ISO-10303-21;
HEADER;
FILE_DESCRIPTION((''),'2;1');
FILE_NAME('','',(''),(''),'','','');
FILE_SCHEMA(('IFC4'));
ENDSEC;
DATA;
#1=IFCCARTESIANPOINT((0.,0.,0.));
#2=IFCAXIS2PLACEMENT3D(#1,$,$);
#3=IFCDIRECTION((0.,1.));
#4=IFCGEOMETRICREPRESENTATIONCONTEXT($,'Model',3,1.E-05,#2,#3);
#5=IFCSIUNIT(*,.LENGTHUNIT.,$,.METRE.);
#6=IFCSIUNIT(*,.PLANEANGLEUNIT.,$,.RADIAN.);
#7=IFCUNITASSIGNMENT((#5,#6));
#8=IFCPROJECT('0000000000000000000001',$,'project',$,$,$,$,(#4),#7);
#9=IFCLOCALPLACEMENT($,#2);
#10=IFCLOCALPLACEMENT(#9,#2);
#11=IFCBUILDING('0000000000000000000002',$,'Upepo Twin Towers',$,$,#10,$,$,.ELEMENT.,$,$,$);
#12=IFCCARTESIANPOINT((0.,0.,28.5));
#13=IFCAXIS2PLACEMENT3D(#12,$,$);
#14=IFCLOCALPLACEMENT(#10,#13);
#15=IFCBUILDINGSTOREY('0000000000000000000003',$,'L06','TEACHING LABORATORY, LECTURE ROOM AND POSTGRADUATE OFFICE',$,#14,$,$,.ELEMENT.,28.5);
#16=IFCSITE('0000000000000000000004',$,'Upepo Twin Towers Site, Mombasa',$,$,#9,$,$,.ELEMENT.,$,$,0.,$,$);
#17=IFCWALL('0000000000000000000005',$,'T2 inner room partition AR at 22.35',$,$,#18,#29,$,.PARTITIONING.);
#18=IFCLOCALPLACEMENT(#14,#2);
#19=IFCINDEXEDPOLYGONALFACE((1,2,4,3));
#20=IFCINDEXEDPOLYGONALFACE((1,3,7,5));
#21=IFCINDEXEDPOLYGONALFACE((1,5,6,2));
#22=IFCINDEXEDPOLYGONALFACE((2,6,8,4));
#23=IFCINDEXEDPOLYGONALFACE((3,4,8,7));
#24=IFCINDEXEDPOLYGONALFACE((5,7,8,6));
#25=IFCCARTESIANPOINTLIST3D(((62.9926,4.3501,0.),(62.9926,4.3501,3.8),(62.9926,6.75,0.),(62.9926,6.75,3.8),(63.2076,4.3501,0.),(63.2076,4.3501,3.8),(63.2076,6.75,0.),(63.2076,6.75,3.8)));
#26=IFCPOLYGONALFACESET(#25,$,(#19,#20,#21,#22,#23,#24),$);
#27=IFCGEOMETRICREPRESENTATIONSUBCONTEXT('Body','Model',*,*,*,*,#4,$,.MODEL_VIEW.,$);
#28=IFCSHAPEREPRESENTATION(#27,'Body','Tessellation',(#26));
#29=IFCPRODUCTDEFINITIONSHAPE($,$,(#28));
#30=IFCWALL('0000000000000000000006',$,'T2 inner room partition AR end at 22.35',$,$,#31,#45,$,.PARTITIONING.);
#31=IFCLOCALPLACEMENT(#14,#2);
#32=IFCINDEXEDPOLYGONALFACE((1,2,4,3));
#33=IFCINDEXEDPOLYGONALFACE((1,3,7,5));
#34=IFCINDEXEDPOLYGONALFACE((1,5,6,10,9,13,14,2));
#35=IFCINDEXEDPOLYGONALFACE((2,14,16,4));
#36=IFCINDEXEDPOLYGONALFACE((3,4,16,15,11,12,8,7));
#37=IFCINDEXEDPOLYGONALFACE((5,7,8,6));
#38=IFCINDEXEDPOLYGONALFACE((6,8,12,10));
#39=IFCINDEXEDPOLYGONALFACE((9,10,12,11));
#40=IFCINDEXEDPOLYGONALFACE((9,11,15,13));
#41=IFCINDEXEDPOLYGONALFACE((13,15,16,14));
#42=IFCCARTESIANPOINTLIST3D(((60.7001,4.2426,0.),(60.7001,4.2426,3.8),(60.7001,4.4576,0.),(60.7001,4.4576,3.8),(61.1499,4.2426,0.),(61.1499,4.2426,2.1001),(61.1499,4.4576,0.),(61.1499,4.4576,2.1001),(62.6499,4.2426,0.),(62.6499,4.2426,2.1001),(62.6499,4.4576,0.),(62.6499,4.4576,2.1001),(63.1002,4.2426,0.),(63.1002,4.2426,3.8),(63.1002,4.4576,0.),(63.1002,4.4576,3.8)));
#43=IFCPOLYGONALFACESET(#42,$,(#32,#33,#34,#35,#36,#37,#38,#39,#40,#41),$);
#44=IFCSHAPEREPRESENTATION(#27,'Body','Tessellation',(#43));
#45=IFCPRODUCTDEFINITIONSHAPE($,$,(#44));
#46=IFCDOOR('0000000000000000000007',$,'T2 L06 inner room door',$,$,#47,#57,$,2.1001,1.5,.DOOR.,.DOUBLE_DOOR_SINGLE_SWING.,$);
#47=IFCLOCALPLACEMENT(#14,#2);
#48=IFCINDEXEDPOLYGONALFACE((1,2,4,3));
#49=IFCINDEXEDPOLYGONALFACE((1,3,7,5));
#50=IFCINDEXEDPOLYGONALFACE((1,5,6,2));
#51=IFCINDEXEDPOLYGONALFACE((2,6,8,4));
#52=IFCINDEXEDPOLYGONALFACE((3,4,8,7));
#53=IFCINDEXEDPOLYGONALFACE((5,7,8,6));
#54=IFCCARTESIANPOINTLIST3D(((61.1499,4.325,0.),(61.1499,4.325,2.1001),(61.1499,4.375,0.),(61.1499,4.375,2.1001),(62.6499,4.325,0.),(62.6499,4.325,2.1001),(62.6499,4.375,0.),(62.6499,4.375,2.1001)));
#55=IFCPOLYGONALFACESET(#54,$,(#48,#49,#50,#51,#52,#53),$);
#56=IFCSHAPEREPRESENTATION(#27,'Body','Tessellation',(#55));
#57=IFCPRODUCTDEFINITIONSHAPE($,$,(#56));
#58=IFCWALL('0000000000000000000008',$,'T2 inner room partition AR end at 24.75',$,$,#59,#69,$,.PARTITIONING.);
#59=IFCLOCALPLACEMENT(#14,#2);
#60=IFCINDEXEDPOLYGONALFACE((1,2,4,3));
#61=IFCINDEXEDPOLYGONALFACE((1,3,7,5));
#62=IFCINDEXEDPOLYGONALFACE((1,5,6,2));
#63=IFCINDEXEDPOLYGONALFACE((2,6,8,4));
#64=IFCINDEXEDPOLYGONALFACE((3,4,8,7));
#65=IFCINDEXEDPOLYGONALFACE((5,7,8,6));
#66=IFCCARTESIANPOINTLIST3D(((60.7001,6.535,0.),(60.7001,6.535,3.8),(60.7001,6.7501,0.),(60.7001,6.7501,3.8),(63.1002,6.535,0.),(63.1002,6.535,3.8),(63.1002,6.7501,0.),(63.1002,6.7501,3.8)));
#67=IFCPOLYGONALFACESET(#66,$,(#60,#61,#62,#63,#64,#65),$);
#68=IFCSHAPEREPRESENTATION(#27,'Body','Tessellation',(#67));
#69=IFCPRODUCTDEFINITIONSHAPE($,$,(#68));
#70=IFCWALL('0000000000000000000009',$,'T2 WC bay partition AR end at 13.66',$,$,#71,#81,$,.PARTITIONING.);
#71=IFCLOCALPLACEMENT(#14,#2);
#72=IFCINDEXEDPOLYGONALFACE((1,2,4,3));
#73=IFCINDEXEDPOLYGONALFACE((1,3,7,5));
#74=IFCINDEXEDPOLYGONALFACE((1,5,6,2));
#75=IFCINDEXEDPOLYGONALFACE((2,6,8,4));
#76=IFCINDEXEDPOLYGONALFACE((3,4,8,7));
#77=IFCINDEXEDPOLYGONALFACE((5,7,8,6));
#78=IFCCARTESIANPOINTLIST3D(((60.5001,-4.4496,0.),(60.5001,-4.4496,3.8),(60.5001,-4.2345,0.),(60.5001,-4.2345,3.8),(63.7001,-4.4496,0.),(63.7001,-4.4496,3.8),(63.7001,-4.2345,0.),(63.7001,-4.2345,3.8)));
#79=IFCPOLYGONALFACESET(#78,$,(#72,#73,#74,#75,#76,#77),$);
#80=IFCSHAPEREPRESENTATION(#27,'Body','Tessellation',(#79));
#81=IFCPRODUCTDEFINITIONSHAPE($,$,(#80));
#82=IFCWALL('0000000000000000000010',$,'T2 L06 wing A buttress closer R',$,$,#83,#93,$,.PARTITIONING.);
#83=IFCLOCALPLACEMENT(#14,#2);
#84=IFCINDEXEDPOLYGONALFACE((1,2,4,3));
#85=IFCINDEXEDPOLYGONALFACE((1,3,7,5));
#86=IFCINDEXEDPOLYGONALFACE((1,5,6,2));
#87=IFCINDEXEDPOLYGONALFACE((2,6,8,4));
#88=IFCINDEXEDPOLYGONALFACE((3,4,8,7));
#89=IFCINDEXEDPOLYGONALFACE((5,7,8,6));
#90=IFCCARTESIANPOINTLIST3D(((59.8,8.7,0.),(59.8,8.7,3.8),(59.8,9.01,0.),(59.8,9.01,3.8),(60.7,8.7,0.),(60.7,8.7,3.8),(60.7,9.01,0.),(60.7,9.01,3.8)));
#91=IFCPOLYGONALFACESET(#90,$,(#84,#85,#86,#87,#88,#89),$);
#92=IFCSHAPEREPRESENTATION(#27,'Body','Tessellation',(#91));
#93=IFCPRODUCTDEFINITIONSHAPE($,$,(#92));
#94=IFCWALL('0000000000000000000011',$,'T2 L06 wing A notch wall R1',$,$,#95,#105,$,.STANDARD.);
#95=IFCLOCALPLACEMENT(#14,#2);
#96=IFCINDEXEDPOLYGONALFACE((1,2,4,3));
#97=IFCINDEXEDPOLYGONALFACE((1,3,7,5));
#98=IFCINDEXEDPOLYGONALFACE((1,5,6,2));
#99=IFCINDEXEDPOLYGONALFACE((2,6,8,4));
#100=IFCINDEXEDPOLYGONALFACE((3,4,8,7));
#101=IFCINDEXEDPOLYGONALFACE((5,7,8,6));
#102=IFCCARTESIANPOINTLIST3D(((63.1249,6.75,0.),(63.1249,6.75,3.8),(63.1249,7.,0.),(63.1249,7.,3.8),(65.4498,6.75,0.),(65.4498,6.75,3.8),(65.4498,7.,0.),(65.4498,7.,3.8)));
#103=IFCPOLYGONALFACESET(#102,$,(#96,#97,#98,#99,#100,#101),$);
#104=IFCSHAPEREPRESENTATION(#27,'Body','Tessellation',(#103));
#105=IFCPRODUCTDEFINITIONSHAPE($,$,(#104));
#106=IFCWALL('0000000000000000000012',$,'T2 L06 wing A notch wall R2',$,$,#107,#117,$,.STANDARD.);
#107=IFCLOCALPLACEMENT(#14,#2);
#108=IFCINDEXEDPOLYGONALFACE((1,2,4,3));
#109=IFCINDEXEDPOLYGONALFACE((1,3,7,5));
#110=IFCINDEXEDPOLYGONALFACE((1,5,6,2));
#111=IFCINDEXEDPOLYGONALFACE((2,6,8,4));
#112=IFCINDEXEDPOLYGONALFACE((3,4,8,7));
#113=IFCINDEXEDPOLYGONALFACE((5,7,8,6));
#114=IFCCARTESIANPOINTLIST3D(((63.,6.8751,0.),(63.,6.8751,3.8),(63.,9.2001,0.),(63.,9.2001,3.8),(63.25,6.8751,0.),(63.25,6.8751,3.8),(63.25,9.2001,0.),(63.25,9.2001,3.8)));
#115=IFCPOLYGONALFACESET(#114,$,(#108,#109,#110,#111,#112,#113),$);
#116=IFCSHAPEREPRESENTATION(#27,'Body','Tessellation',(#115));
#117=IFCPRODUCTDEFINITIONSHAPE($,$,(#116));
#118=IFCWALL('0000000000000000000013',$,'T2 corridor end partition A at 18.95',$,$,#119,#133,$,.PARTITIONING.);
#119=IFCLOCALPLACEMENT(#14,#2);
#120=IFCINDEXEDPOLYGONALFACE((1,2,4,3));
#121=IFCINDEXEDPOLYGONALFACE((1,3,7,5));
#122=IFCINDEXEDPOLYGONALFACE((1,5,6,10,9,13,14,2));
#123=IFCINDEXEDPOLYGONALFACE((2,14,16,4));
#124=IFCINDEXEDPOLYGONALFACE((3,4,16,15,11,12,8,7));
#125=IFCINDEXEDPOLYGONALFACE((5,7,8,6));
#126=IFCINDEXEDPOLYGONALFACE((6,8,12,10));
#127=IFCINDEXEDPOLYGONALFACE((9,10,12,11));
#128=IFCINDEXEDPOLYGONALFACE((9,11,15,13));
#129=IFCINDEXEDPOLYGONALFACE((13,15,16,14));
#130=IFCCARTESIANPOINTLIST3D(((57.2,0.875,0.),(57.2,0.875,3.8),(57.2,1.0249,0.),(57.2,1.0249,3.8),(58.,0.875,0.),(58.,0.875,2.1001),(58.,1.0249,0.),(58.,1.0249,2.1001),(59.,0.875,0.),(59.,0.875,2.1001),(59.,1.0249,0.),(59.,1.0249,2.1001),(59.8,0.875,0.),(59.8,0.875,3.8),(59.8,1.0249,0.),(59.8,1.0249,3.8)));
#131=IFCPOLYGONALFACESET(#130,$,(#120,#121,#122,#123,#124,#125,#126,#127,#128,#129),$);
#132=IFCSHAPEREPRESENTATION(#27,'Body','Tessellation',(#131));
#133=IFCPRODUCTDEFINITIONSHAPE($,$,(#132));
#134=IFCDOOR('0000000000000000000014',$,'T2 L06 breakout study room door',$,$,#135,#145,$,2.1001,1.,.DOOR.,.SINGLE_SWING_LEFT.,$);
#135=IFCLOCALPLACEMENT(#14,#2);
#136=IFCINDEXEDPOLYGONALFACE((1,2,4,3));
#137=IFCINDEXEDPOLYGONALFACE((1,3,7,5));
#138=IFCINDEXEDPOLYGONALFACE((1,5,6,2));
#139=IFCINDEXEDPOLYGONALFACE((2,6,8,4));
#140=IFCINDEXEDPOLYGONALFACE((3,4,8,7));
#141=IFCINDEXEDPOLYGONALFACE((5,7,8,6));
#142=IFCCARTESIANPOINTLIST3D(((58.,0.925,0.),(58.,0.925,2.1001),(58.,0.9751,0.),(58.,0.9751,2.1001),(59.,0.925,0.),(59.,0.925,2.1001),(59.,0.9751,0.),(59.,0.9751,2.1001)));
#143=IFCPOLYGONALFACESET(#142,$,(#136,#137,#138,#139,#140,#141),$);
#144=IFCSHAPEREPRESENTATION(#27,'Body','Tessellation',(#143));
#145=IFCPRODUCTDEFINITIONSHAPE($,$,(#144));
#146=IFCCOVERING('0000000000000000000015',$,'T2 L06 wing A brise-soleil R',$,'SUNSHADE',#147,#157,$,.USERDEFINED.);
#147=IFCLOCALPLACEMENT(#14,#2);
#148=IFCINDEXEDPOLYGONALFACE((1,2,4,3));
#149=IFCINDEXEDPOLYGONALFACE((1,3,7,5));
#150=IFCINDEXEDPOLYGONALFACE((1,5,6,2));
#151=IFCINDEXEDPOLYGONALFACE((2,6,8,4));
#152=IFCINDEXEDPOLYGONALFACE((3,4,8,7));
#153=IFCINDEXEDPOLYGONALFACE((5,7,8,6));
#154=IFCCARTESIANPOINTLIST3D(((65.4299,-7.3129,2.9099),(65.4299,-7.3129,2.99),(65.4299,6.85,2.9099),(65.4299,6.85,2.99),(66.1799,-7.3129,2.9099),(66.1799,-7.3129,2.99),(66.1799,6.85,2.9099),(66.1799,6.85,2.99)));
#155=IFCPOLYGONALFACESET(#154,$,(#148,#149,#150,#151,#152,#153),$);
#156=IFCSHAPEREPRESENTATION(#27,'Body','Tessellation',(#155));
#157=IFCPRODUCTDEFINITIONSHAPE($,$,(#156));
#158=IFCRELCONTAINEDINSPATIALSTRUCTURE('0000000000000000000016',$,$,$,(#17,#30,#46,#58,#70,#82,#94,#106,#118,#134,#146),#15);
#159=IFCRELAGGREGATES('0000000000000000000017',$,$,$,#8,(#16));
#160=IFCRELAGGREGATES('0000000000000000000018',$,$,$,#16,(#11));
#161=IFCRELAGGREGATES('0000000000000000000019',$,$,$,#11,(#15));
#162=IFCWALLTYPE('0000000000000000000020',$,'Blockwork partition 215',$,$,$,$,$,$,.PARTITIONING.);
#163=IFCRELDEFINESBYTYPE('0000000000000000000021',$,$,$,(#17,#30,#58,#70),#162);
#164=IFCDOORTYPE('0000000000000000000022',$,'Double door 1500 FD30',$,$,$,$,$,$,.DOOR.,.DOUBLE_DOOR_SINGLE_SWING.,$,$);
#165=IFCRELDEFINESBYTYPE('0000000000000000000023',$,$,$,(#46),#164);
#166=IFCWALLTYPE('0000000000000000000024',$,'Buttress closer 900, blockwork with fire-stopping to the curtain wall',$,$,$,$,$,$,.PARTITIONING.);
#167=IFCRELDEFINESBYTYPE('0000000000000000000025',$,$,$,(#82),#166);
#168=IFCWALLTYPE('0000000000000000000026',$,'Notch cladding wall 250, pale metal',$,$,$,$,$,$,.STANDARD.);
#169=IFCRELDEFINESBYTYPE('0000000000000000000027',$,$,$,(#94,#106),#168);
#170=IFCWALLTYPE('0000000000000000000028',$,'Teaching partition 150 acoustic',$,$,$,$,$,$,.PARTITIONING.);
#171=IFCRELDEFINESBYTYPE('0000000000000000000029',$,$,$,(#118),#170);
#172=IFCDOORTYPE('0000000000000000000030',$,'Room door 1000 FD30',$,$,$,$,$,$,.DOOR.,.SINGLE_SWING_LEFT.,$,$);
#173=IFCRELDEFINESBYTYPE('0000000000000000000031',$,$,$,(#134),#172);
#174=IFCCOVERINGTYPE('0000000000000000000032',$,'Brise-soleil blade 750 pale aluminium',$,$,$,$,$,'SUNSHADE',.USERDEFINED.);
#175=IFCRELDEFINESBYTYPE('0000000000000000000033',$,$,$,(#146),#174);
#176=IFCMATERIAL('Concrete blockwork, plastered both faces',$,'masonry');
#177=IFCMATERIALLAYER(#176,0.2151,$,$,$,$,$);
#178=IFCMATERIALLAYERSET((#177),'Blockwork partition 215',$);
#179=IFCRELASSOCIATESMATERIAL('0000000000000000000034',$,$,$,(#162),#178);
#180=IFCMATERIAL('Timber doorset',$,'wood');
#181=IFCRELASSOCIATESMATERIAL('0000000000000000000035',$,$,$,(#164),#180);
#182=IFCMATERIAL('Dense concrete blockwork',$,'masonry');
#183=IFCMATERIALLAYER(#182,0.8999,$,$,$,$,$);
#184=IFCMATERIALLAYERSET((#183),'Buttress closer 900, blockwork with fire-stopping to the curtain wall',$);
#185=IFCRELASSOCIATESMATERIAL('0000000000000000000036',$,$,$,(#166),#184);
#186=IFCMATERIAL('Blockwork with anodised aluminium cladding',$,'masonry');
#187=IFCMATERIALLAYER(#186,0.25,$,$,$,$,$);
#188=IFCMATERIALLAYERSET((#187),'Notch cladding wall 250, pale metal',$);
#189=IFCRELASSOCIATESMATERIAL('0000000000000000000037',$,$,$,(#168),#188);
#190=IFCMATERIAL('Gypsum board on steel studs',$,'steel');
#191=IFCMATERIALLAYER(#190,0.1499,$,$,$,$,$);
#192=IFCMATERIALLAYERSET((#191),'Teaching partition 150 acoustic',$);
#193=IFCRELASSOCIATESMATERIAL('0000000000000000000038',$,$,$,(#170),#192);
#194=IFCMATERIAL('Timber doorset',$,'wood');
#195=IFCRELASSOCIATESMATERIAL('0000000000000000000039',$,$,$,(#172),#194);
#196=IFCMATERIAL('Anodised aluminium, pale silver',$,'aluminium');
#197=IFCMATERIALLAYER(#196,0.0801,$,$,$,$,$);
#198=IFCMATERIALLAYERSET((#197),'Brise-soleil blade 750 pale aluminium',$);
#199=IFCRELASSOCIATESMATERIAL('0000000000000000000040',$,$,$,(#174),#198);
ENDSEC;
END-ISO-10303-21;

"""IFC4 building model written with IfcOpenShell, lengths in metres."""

from ifc_helpers import new_model, si_unit, direction, frame, frame_2d, origin, origin_2d, place, context, subcontext, project, spatial, rectangle, extrude, material, layer, layer_set, type_object, element, fill, save


model = new_model("IFC4")

# Units and contexts
model_context = context("Model", 3, precision=1e-05, world=origin(), true_north=direction((0.0, 1.0)))
body_context = subcontext(model_context, "Body", "Model", "MODEL_VIEW")
ifc_project = project(units=[si_unit("LENGTHUNIT", "METRE"), si_unit("PLANEANGLEUNIT", "RADIAN")], contexts=[model_context])

# Site, building, storey
site_placement = place(None, origin())
site = spatial("IfcSite", under=ifc_project, at=site_placement, Name="Upepo Twin Towers Site, Mombasa", CompositionType="ELEMENT", RefElevation=0.0)
building_placement = place(site_placement, origin())
building = spatial("IfcBuilding", under=site, at=building_placement, Name="Upepo Twin Towers", CompositionType="ELEMENT")
storey_placement = place(building_placement, frame((0.0, 0.0, 28.5)))
storey = spatial("IfcBuildingStorey", under=building, at=storey_placement, Name="L06", Description="TEACHING LABORATORY, LECTURE ROOM AND POSTGRADUATE OFFICE", CompositionType="ELEMENT", Elevation=28.5)

# Wall
ifc_material_1 = material(Name="Concrete blockwork, plastered both faces", Category="masonry")
ifc_layer_1 = layer(ifc_material_1, 0.2151)
ifc_layer_set_1 = layer_set([ifc_layer_1], Name="Blockwork partition 215")
wall_type_1 = type_object("IfcWallType", Name="Blockwork partition 215", PredefinedType="PARTITIONING", material=ifc_layer_set_1)
wall_1_placement = place(storey_placement, frame((63.1001, 4.3501, 0.0), z_axis=(0.0, 0.0, 1.0), x_axis=(0.0, 1.0, 0.0)))
element("IfcWall", 1, at=wall_1_placement, inside=storey, type_object=wall_type_1, Name="T2 inner room partition AR at 22.35", PredefinedType="PARTITIONING", context=body_context, shape_type="SweptSolid", body=[
    extrude(rectangle(XDim=2.3999, YDim=0.2151, at=frame_2d((1.2, 0.0))), origin(), (0.0, 0.0, 1.0), 3.8),
])

# Wall, opening, door
wall_2_placement = place(storey_placement, frame((60.7, 4.3501, 0.0), z_axis=(0.0, 0.0, 1.0), x_axis=(1.0, 0.0, 0.0)))
wall_2 = element("IfcWall", 2, at=wall_2_placement, inside=storey, type_object=wall_type_1, Name="T2 inner room partition AR end at 22.35", PredefinedType="PARTITIONING", context=body_context, shape_type="SweptSolid", body=[
    extrude(rectangle(XDim=2.4001, YDim=0.2151, at=frame_2d((1.2002, 0.0))), origin(), (0.0, 0.0, 1.0), 3.8),
])
opening_1_placement = place(wall_2_placement, frame((0.45, 0.0, 0.0)))
opening_1 = element("IfcOpeningElement", 3, at=opening_1_placement, cuts=wall_2, PredefinedType="OPENING", context=body_context, shape_type="SweptSolid", body=[
    extrude(rectangle(XDim=1.5, YDim=2.1001, at=frame_2d((0.75, 1.05))), frame((0.0, 0.1174, 0.0), z_axis=(0.0, -1.0, 0.0), x_axis=(1.0, 0.0, 0.0)), (0.0, 0.0, 1.0), 0.2351),
])
ifc_material_2 = material(Name="Timber doorset", Category="wood")
door_type_1 = type_object("IfcDoorType", Name="Double door 1500 FD30", OperationType="DOUBLE_DOOR_SINGLE_SWING", PredefinedType="DOOR", material=ifc_material_2)
door_1_placement = place(opening_1_placement, origin())
door_1 = element("IfcDoor", 4, at=door_1_placement, inside=storey, type_object=door_type_1, Name="T2 L06 inner room door", OperationType="DOUBLE_DOOR_SINGLE_SWING", OverallHeight=2.1001, OverallWidth=1.5, PredefinedType="DOOR", context=body_context, shape_type="SweptSolid", body=[
    extrude(rectangle(XDim=1.5, YDim=2.1001, at=frame_2d((0.75, 1.05))), frame((0.0, 0.0249, 0.0), z_axis=(0.0, -1.0, 0.0), x_axis=(1.0, 0.0, 0.0)), (0.0, 0.0, 1.0), 0.05),
])
fill(opening_1, door_1)

# Walls
wall_3_placement = place(storey_placement, frame((60.7, 6.6426, 0.0), z_axis=(0.0, 0.0, 1.0), x_axis=(1.0, 0.0, 0.0)))
element("IfcWall", 5, at=wall_3_placement, inside=storey, type_object=wall_type_1, Name="T2 inner room partition AR end at 24.75", PredefinedType="PARTITIONING", context=body_context, shape_type="SweptSolid", body=[
    extrude(rectangle(XDim=2.4001, YDim=0.2151, at=frame_2d((1.2002, 0.0))), origin(), (0.0, 0.0, 1.0), 3.8),
])
wall_4_placement = place(storey_placement, frame((60.5, -4.342, 0.0), z_axis=(0.0, 0.0, 1.0), x_axis=(1.0, 0.0, 0.0)))
element("IfcWall", 6, at=wall_4_placement, inside=storey, type_object=wall_type_1, Name="T2 WC bay partition AR end at 13.66", PredefinedType="PARTITIONING", context=body_context, shape_type="SweptSolid", body=[
    extrude(rectangle(XDim=3.2, YDim=0.2151, at=frame_2d((1.6001, 0.0))), origin(), (0.0, 0.0, 1.0), 3.8),
])
ifc_material_3 = material(Name="Dense concrete blockwork", Category="masonry")
ifc_layer_2 = layer(ifc_material_3, 0.8999)
ifc_layer_set_2 = layer_set([ifc_layer_2], Name="Buttress closer 900, blockwork with fire-stopping to the curtain wall")
wall_type_2 = type_object("IfcWallType", Name="Buttress closer 900, blockwork with fire-stopping to the curtain wall", PredefinedType="PARTITIONING", material=ifc_layer_set_2)
wall_5_placement = place(storey_placement, frame((60.25, 8.7, 0.0), z_axis=(0.0, 0.0, 1.0), x_axis=(0.0, 1.0, 0.0)))
element("IfcWall", 7, at=wall_5_placement, inside=storey, type_object=wall_type_2, Name="T2 L06 wing A buttress closer R", PredefinedType="PARTITIONING", context=body_context, shape_type="SweptSolid", body=[
    extrude(rectangle(XDim=0.3101, YDim=0.8999, at=frame_2d((0.155, 0.0))), origin(), (0.0, 0.0, 1.0), 3.8),
])
ifc_material_4 = material(Name="Blockwork with anodised aluminium cladding", Category="masonry")
ifc_layer_3 = layer(ifc_material_4, 0.25)
ifc_layer_set_3 = layer_set([ifc_layer_3], Name="Notch cladding wall 250, pale metal")
wall_type_3 = type_object("IfcWallType", Name="Notch cladding wall 250, pale metal", PredefinedType="STANDARD", material=ifc_layer_set_3)
for number, where, z_axis, x_axis, name in (
    (8, (65.45, 6.875, 0.0), (0.0, 0.0, 1.0), (-1.0, 0.0, 0.0), "T2 L06 wing A notch wall R1"),
    (9, (63.125, 6.875, 0.0), (0.0, 0.0, 1.0), (0.0, 1.0, 0.0), "T2 L06 wing A notch wall R2"),
):
    element("IfcWall", number, at=place(storey_placement, frame(where, z_axis=z_axis, x_axis=x_axis)), inside=storey, type_object=wall_type_3, Name=name, PredefinedType="STANDARD", context=body_context, shape_type="SweptSolid", body=[
        extrude(rectangle(XDim=2.325, YDim=0.25, at=frame_2d((1.1626, 0.0))), origin(), (0.0, 0.0, 1.0), 3.8),
    ])

# Wall, opening, door
ifc_material_5 = material(Name="Gypsum board on steel studs", Category="steel")
ifc_layer_4 = layer(ifc_material_5, 0.1499)
ifc_layer_set_4 = layer_set([ifc_layer_4], Name="Teaching partition 150 acoustic")
wall_type_4 = type_object("IfcWallType", Name="Teaching partition 150 acoustic", PredefinedType="PARTITIONING", material=ifc_layer_set_4)
wall_6_placement = place(storey_placement, frame((59.8, 0.95, 0.0), z_axis=(0.0, 0.0, 1.0), x_axis=(-1.0, 0.0, 0.0)))
wall_6 = element("IfcWall", 10, at=wall_6_placement, inside=storey, type_object=wall_type_4, Name="T2 corridor end partition A at 18.95", PredefinedType="PARTITIONING", context=body_context, shape_type="SweptSolid", body=[
    extrude(rectangle(XDim=2.6001, YDim=0.1499, at=frame_2d((1.3, 0.0))), origin(), (0.0, 0.0, 1.0), 3.8),
])
opening_2_placement = place(wall_6_placement, frame((0.8, 0.0, 0.0)))
opening_2 = element("IfcOpeningElement", 11, at=opening_2_placement, cuts=wall_6, PredefinedType="OPENING", context=body_context, shape_type="SweptSolid", body=[
    extrude(rectangle(XDim=1.0, YDim=2.1001, at=frame_2d((0.5, 1.05))), frame((0.0, 0.085, 0.0), z_axis=(0.0, -1.0, 0.0), x_axis=(1.0, 0.0, 0.0)), (0.0, 0.0, 1.0), 0.1699),
])
ifc_material_6 = material(Name="Timber doorset", Category="wood")
door_type_2 = type_object("IfcDoorType", Name="Room door 1000 FD30", OperationType="SINGLE_SWING_LEFT", PredefinedType="DOOR", material=ifc_material_6)
door_2_placement = place(opening_2_placement, origin())
door_2 = element("IfcDoor", 12, at=door_2_placement, inside=storey, type_object=door_type_2, Name="T2 L06 breakout study room door", OperationType="SINGLE_SWING_LEFT", OverallHeight=2.1001, OverallWidth=1.0, PredefinedType="DOOR", context=body_context, shape_type="SweptSolid", body=[
    extrude(rectangle(XDim=1.0, YDim=2.1001, at=frame_2d((0.5, 1.05))), frame((0.0, 0.0249, 0.0), z_axis=(0.0, -1.0, 0.0), x_axis=(1.0, 0.0, 0.0)), (0.0, 0.0, 1.0), 0.05),
])
fill(opening_2, door_2)

# Covering
ifc_material_7 = material(Name="Anodised aluminium, pale silver", Category="aluminium")
ifc_layer_5 = layer(ifc_material_7, 0.0801)
ifc_layer_set_5 = layer_set([ifc_layer_5], Name="Brise-soleil blade 750 pale aluminium")
covering_type = type_object("IfcCoveringType", Name="Brise-soleil blade 750 pale aluminium", ElementType="SUNSHADE", PredefinedType="USERDEFINED", material=ifc_layer_set_5)
covering_placement = place(storey_placement, frame((65.8049, -0.2314, 2.9099), z_axis=(0.0, 0.0, 1.0), x_axis=(0.0, 1.0, 0.0)))
element("IfcCovering", 13, at=covering_placement, inside=storey, type_object=covering_type, Name="T2 L06 wing A brise-soleil R", ObjectType="SUNSHADE", PredefinedType="USERDEFINED", context=body_context, shape_type="SweptSolid", body=[
    extrude(rectangle(XDim=14.1628, YDim=0.75, at=origin_2d()), origin(), (0.0, 0.0, 1.0), 0.0801),
])

save(model, "model.ifc")
